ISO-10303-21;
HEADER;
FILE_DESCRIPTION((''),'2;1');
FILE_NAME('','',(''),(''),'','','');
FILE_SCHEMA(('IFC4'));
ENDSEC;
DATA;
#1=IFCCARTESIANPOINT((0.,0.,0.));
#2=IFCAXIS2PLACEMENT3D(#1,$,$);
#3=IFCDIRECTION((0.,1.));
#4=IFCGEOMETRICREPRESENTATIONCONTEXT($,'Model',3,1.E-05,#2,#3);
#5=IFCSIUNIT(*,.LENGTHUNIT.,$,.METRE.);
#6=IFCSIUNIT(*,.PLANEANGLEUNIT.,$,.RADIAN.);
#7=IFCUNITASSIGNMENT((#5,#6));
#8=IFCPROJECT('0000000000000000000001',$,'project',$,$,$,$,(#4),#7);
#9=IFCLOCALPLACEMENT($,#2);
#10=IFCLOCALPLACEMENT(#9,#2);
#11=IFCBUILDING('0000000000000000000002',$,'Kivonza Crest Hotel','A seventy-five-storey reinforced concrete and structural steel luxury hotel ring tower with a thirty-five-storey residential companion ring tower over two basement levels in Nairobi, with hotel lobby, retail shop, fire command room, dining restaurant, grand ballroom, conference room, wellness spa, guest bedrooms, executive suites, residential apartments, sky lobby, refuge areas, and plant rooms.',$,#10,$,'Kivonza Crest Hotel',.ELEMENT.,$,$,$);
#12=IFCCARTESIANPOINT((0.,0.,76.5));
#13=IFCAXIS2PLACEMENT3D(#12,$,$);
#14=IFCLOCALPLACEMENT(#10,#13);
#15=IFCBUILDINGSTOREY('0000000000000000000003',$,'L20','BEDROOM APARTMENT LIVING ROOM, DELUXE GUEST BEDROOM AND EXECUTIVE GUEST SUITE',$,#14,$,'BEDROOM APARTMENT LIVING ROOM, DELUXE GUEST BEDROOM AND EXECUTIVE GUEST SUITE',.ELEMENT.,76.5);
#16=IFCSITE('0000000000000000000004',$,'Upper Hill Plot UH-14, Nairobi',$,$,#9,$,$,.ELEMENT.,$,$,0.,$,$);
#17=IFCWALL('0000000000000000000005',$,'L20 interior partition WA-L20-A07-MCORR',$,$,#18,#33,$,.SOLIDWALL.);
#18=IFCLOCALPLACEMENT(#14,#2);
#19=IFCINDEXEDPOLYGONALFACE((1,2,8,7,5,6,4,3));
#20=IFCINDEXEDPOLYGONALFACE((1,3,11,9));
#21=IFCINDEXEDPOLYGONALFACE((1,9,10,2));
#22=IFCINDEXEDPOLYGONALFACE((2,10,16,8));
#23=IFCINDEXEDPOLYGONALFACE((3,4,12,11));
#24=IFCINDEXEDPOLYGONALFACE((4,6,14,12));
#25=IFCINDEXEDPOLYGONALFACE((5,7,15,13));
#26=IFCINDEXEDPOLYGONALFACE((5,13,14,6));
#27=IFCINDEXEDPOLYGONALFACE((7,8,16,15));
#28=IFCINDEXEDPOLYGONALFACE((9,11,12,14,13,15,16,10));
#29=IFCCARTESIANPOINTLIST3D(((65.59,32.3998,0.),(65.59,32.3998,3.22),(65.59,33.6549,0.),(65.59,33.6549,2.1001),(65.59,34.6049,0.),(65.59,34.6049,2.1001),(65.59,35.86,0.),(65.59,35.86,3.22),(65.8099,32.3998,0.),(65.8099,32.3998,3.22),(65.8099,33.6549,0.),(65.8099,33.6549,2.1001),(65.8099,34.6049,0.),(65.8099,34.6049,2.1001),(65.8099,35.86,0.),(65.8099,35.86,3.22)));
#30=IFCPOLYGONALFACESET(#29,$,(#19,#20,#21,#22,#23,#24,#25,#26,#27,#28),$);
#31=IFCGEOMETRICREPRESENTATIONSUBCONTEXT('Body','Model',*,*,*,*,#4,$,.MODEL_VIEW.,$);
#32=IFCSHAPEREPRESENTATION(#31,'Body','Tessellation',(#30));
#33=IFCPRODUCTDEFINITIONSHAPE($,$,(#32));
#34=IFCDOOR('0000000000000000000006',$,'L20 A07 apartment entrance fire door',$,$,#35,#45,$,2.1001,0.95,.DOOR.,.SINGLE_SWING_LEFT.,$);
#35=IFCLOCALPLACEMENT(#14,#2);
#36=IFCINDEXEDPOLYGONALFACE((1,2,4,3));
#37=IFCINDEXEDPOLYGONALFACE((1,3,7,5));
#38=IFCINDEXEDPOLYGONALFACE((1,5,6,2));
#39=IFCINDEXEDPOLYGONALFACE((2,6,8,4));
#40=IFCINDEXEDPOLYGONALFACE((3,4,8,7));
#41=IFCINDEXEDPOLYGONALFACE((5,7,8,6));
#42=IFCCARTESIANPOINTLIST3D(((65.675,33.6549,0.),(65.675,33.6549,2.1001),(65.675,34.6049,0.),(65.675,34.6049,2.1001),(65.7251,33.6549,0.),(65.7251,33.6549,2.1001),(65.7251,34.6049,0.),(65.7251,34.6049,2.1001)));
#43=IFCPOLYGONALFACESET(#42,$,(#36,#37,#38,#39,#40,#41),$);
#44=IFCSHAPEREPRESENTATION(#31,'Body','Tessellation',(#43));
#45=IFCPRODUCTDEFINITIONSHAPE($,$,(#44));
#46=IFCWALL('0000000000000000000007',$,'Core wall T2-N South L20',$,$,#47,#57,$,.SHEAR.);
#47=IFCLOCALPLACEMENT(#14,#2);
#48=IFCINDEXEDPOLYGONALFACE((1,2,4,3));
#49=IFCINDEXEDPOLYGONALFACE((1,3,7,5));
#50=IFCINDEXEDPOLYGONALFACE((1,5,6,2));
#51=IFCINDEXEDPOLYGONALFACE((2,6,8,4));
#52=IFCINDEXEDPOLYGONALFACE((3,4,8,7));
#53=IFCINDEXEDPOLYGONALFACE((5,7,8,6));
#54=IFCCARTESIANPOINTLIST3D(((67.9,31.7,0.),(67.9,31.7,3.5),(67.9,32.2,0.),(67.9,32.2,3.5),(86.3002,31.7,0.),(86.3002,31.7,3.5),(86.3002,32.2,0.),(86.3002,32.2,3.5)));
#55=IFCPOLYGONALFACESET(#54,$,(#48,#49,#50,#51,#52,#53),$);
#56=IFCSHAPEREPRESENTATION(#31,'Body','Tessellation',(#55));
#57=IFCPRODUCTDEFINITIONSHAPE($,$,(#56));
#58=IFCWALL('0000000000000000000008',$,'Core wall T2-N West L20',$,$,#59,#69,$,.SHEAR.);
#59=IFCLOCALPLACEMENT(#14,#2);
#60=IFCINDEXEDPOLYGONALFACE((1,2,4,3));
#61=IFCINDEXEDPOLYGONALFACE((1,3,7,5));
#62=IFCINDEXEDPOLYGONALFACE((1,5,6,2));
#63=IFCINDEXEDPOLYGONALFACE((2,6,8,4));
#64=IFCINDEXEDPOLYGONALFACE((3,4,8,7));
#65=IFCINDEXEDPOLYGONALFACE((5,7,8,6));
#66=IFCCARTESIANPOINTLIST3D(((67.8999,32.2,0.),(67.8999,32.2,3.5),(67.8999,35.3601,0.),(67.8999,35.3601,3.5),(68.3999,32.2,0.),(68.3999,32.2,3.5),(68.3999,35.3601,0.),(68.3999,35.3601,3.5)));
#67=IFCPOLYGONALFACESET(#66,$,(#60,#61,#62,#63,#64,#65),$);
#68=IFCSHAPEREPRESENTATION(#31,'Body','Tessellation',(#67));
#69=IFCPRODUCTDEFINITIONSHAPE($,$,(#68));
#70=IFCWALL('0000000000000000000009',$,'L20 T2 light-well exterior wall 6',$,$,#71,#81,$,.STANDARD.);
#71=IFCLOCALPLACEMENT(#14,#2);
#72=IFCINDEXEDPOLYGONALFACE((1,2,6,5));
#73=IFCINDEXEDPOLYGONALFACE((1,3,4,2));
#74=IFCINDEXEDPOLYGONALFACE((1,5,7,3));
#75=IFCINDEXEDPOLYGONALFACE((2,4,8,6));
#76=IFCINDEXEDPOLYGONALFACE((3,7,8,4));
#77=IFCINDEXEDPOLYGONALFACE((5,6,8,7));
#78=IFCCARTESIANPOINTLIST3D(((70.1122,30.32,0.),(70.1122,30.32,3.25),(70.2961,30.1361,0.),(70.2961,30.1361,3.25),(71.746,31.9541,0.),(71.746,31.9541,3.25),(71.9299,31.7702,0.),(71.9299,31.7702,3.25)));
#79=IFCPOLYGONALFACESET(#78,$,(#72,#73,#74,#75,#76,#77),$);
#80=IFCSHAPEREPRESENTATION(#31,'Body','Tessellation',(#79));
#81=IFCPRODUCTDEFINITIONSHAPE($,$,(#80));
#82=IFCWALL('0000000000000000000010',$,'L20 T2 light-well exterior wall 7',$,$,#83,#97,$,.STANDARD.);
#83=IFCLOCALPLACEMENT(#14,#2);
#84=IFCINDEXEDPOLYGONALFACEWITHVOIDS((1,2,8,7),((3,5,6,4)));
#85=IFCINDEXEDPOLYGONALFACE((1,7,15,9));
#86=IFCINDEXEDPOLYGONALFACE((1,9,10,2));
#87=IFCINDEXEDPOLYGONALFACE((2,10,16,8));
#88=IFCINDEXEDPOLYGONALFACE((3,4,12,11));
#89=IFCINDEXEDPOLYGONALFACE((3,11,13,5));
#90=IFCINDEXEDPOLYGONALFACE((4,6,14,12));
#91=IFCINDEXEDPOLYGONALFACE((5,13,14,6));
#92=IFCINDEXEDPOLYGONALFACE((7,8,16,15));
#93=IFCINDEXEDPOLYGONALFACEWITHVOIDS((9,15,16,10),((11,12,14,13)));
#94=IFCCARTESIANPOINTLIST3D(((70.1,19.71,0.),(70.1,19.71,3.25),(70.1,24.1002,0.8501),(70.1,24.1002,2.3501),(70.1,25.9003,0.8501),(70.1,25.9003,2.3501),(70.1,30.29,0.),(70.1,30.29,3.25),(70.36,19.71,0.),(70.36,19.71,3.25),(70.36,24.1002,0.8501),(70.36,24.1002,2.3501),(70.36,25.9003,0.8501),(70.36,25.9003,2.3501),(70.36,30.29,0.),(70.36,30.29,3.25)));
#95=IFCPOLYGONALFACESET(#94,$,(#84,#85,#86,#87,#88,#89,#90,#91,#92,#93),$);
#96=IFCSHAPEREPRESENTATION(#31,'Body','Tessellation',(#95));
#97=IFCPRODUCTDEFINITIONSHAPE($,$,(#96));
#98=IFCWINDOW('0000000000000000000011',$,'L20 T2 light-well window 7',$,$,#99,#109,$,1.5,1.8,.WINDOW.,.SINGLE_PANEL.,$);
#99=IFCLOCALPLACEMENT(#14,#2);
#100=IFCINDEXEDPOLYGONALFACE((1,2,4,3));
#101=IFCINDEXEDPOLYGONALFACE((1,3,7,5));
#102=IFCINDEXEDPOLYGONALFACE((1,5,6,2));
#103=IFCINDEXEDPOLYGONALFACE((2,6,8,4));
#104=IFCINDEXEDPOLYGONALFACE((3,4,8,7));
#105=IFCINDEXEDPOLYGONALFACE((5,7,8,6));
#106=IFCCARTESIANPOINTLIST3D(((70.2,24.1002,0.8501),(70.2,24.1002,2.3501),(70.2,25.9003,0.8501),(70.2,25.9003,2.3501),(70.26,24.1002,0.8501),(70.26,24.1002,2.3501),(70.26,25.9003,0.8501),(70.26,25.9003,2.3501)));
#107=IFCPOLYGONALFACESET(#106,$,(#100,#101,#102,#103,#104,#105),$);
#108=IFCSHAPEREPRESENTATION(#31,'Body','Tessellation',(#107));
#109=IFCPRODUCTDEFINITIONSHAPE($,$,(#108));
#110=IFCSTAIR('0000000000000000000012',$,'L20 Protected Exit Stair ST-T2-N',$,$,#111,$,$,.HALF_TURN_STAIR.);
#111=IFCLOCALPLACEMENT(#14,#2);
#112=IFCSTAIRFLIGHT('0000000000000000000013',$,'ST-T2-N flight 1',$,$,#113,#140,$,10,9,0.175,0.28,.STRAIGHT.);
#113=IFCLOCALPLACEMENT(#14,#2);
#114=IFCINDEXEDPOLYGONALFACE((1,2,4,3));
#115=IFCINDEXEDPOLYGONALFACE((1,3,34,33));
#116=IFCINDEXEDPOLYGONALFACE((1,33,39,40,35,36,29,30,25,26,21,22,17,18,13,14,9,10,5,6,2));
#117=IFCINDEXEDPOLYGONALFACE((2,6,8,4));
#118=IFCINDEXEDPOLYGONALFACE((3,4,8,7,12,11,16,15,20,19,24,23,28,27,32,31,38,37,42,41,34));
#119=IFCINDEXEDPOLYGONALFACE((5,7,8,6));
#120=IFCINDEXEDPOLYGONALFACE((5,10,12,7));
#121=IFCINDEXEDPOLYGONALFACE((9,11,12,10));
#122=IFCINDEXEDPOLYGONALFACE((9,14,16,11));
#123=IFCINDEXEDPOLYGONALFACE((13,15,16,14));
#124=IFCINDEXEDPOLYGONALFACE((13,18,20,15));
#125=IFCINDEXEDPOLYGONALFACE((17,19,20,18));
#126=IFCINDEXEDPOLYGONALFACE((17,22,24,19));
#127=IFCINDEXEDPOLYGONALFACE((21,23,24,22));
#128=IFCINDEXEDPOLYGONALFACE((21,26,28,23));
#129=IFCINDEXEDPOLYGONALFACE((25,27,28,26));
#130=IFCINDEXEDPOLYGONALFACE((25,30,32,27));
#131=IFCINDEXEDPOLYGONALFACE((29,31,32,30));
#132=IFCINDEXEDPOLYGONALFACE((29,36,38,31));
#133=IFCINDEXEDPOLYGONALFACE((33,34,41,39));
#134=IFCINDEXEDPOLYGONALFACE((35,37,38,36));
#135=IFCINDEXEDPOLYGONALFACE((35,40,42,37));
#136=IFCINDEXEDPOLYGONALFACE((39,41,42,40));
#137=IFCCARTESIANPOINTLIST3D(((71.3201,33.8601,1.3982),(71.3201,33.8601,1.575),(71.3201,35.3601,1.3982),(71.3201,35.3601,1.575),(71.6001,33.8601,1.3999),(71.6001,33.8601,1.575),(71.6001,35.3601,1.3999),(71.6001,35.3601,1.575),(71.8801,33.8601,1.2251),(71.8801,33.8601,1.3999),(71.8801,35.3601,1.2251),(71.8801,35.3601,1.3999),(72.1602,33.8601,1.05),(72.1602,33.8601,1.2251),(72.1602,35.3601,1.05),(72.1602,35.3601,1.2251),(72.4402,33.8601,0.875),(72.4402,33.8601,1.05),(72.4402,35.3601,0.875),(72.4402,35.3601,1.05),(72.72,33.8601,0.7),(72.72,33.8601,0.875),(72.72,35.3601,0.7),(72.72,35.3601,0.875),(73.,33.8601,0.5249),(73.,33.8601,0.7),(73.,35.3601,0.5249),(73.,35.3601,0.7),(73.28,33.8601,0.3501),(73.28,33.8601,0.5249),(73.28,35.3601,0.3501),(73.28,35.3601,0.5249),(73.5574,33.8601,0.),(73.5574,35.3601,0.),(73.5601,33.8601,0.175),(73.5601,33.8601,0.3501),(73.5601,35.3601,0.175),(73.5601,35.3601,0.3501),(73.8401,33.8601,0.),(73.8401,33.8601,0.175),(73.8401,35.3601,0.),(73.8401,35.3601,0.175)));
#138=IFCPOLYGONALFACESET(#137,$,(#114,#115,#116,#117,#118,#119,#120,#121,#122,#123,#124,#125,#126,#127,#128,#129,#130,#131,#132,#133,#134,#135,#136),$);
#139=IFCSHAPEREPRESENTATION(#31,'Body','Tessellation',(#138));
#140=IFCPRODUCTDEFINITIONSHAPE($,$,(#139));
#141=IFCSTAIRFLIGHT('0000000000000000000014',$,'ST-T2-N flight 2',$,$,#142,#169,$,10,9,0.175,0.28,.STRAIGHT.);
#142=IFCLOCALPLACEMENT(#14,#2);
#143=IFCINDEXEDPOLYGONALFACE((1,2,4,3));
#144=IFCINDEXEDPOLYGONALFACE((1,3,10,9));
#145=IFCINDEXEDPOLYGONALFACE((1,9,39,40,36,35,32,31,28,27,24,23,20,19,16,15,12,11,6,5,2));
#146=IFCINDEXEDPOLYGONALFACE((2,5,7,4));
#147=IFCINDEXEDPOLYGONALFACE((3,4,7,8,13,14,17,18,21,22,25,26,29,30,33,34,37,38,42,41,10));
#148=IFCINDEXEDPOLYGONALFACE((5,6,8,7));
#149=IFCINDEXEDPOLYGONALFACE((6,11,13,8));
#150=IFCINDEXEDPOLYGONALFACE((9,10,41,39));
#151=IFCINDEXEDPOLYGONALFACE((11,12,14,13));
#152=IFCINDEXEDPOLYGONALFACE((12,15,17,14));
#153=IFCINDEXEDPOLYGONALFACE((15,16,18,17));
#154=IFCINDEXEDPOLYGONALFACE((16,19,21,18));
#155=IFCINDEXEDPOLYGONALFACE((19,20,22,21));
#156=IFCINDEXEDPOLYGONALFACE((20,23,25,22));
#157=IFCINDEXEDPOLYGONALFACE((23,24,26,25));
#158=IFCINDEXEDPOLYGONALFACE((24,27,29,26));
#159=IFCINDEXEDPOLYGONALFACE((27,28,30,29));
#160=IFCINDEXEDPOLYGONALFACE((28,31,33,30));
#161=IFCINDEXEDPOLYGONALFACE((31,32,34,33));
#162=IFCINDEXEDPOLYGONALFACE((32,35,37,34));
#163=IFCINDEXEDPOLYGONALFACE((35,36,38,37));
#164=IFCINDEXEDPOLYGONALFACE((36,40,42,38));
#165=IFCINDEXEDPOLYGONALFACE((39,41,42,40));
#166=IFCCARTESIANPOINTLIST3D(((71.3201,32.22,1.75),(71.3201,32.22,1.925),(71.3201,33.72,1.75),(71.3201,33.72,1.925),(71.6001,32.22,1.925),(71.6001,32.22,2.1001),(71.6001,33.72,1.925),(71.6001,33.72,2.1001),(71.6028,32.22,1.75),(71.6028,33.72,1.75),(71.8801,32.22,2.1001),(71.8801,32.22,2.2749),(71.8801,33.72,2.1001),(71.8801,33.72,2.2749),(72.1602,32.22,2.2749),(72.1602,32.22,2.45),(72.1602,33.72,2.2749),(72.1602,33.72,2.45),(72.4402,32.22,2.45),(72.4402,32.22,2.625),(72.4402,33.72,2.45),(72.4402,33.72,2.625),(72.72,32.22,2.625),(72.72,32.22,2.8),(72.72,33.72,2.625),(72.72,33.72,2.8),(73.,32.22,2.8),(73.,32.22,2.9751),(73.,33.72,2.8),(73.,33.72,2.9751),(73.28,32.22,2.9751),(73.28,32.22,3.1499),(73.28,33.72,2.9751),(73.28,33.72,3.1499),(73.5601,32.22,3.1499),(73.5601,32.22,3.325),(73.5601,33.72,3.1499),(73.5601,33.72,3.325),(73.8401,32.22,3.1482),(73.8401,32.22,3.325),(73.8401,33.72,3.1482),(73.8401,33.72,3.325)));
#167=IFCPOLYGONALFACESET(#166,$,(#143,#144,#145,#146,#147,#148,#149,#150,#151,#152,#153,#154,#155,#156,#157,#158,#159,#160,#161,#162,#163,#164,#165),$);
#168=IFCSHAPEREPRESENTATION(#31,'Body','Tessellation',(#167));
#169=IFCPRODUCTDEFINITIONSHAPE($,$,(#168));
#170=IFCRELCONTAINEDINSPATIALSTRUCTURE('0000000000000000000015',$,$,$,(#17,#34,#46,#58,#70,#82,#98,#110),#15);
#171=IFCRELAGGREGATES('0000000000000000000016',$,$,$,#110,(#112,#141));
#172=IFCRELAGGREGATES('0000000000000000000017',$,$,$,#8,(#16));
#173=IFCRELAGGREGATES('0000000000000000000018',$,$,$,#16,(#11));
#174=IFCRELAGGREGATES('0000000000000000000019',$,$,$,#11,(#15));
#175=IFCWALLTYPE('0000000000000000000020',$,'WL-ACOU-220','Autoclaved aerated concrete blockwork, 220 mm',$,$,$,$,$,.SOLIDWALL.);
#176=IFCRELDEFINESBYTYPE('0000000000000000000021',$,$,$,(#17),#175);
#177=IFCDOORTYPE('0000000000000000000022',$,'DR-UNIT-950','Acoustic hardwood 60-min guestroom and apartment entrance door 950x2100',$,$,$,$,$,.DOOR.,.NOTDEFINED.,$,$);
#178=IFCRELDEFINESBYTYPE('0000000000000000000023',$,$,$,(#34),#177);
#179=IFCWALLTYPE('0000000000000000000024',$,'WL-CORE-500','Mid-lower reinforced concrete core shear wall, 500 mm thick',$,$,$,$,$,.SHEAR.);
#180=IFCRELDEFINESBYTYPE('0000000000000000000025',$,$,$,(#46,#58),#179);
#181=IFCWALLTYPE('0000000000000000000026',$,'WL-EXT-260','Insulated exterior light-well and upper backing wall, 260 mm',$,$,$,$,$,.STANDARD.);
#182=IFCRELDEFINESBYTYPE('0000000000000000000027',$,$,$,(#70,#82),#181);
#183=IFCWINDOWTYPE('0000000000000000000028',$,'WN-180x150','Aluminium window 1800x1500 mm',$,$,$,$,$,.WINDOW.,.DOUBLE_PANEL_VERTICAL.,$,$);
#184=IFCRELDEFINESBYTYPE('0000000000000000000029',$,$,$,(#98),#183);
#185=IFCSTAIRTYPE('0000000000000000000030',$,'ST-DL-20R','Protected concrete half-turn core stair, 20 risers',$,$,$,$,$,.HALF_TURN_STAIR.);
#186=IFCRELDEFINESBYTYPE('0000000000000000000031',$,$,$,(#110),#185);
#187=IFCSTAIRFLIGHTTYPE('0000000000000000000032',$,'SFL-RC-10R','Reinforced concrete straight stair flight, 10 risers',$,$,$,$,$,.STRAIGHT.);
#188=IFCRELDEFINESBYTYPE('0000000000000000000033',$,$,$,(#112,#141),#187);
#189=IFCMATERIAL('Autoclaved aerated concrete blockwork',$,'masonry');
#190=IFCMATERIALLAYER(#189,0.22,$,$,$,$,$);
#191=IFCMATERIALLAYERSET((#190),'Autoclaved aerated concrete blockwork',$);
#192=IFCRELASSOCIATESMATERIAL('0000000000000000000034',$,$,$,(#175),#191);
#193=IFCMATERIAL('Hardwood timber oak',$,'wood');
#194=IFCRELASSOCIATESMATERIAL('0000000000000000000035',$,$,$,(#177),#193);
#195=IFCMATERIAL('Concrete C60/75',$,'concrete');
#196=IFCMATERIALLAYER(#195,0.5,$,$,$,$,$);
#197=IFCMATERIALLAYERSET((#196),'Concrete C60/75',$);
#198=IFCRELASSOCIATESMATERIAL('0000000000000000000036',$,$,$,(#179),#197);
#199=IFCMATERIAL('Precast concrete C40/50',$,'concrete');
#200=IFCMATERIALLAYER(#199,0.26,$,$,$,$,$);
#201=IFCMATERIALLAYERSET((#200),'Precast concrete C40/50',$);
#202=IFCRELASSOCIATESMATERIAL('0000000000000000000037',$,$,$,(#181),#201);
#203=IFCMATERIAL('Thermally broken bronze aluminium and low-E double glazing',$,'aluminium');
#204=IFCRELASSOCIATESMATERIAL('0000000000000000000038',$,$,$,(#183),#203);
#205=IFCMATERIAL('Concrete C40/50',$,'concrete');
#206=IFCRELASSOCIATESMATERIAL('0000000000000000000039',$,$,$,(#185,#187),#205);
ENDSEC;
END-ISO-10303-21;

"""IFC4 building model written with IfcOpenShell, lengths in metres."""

from ifc_helpers import new_model, si_unit, direction, frame, frame_2d, origin, place, context, subcontext, project, spatial, polyline, rectangle, outline, extrude, material, layer, layer_set, type_object, element, fill, aggregate, save


model = new_model("IFC4")

# Units and contexts
model_context = context("Model", 3, precision=1e-05, world=origin(), true_north=direction((0.0, 1.0)))
body_context = subcontext(model_context, "Body", "Model", "MODEL_VIEW")
ifc_project = project(units=[si_unit("LENGTHUNIT", "METRE"), si_unit("PLANEANGLEUNIT", "RADIAN")], contexts=[model_context])

# Site, building, storey
site_placement = place(None, origin())
site = spatial("IfcSite", under=ifc_project, at=site_placement, Name="Upper Hill Plot UH-14, Nairobi", CompositionType="ELEMENT", RefElevation=0.0)
building_placement = place(site_placement, origin())
building = spatial("IfcBuilding", under=site, at=building_placement, Name="Kivonza Crest Hotel", Description="A seventy-five-storey reinforced concrete and structural steel luxury hotel ring tower with a thirty-five-storey residential companion ring tower over two basement levels in Nairobi, with hotel lobby, retail shop, fire command room, dining restaurant, grand ballroom, conference room, wellness spa, guest bedrooms, executive suites, residential apartments, sky lobby, refuge areas, and plant rooms.", LongName="Kivonza Crest Hotel", CompositionType="ELEMENT")
storey_placement = place(building_placement, frame((0.0, 0.0, 76.5)))
storey = spatial("IfcBuildingStorey", under=building, at=storey_placement, Name="L20", Description="BEDROOM APARTMENT LIVING ROOM, DELUXE GUEST BEDROOM AND EXECUTIVE GUEST SUITE", LongName="BEDROOM APARTMENT LIVING ROOM, DELUXE GUEST BEDROOM AND EXECUTIVE GUEST SUITE", CompositionType="ELEMENT", Elevation=76.5)

# Shared definitions
ifc_material_1 = material(Name="Autoclaved aerated concrete blockwork", Category="masonry")
ifc_layer_1 = layer(ifc_material_1, 0.22)
ifc_layer_set_1 = layer_set([ifc_layer_1], Name="Autoclaved aerated concrete blockwork")
wall_type_1 = type_object("IfcWallType", Name="WL-ACOU-220", Description="Autoclaved aerated concrete blockwork, 220 mm", PredefinedType="SOLIDWALL", material=ifc_layer_set_1)

# Wall, opening, door
wall_1_placement = place(storey_placement, frame((65.7, 32.3999, 0.0), z_axis=(0.0, 0.0, 1.0), x_axis=(0.0, 1.0, 0.0)))
wall_1 = element("IfcWall", 1, at=wall_1_placement, inside=storey, type_object=wall_type_1, Name="L20 interior partition WA-L20-A07-MCORR", PredefinedType="SOLIDWALL", context=body_context, shape_type="SweptSolid", body=[
    extrude(rectangle(XDim=3.4602, YDim=0.22, at=frame_2d((1.73, 0.0))), origin(), (0.0, 0.0, 1.0), 3.22),
])
opening_1_placement = place(wall_1_placement, frame((1.2549, 0.0, 0.0)))
opening_1 = element("IfcOpeningElement", 2, at=opening_1_placement, cuts=wall_1, PredefinedType="OPENING", context=body_context, shape_type="SweptSolid", body=[
    extrude(rectangle(XDim=0.95, YDim=2.1001, at=frame_2d((0.4751, 1.05))), frame((0.0, 0.1201, 0.0), z_axis=(0.0, -1.0, 0.0), x_axis=(1.0, 0.0, 0.0)), (0.0, 0.0, 1.0), 0.24),
])
ifc_material_2 = material(Name="Hardwood timber oak", Category="wood")
door_type = type_object("IfcDoorType", Name="DR-UNIT-950", Description="Acoustic hardwood 60-min guestroom and apartment entrance door 950x2100", OperationType="NOTDEFINED", PredefinedType="DOOR", material=ifc_material_2)
door_placement = place(opening_1_placement, origin())
door = element("IfcDoor", 3, at=door_placement, inside=storey, type_object=door_type, Name="L20 A07 apartment entrance fire door", OperationType="SINGLE_SWING_LEFT", OverallHeight=2.1001, OverallWidth=0.95, PredefinedType="DOOR", context=body_context, shape_type="SweptSolid", body=[
    extrude(rectangle(XDim=0.95, YDim=2.1001, at=frame_2d((0.4751, 1.05))), frame((0.0, 0.0249, 0.0), z_axis=(0.0, -1.0, 0.0), x_axis=(1.0, 0.0, 0.0)), (0.0, 0.0, 1.0), 0.05),
])
fill(opening_1, door)

# Walls
ifc_material_3 = material(Name="Concrete C60/75", Category="concrete")
ifc_layer_2 = layer(ifc_material_3, 0.5)
ifc_layer_set_2 = layer_set([ifc_layer_2], Name="Concrete C60/75")
wall_type_2 = type_object("IfcWallType", Name="WL-CORE-500", Description="Mid-lower reinforced concrete core shear wall, 500 mm thick", PredefinedType="SHEAR", material=ifc_layer_set_2)
wall_2_placement = place(storey_placement, frame((67.8999, 31.95, 0.0), z_axis=(0.0, 0.0, 1.0), x_axis=(1.0, 0.0, 0.0)))
element("IfcWall", 4, at=wall_2_placement, inside=storey, type_object=wall_type_2, Name="Core wall T2-N South L20", PredefinedType="SHEAR", context=body_context, shape_type="SweptSolid", body=[
    extrude(rectangle(XDim=18.4001, YDim=0.5, at=frame_2d((9.2002, 0.0))), origin(), (0.0, 0.0, 1.0), 3.5),
])
wall_3_placement = place(storey_placement, frame((68.1499, 32.2, 0.0), z_axis=(0.0, 0.0, 1.0), x_axis=(0.0, 1.0, 0.0)))
element("IfcWall", 5, at=wall_3_placement, inside=storey, type_object=wall_type_2, Name="Core wall T2-N West L20", PredefinedType="SHEAR", context=body_context, shape_type="SweptSolid", body=[
    extrude(rectangle(XDim=3.1602, YDim=0.5, at=frame_2d((1.5801, 0.0))), origin(), (0.0, 0.0, 1.0), 3.5),
])
ifc_material_4 = material(Name="Precast concrete C40/50", Category="concrete")
ifc_layer_3 = layer(ifc_material_4, 0.26)
ifc_layer_set_3 = layer_set([ifc_layer_3], Name="Precast concrete C40/50")
wall_type_3 = type_object("IfcWallType", Name="WL-EXT-260", Description="Insulated exterior light-well and upper backing wall, 260 mm", PredefinedType="STANDARD", material=ifc_layer_set_3)
wall_4_placement = place(storey_placement, frame((71.8379, 31.8621, 0.0), z_axis=(0.0, 0.0, 1.0), x_axis=(-0.707054, -0.70716, 0.0)))
element("IfcWall", 6, at=wall_4_placement, inside=storey, type_object=wall_type_3, Name="L20 T2 light-well exterior wall 6", PredefinedType="STANDARD", context=body_context, shape_type="SweptSolid", body=[
    extrude(rectangle(XDim=2.3108, YDim=0.26, at=frame_2d((1.1553, 0.0))), origin(), (0.0, 0.0, 1.0), 3.25),
])

# Wall, opening, window
wall_5_placement = place(storey_placement, frame((70.23, 30.29, 0.0), z_axis=(0.0, 0.0, 1.0), x_axis=(0.0, -1.0, 0.0)))
wall_5 = element("IfcWall", 7, at=wall_5_placement, inside=storey, type_object=wall_type_3, Name="L20 T2 light-well exterior wall 7", PredefinedType="STANDARD", context=body_context, shape_type="SweptSolid", body=[
    extrude(rectangle(XDim=10.5801, YDim=0.26, at=frame_2d((5.29, 0.0))), origin(), (0.0, 0.0, 1.0), 3.25),
])
opening_2_placement = place(wall_5_placement, frame((4.3899, 0.0, 0.8501)))
opening_2 = element("IfcOpeningElement", 8, at=opening_2_placement, cuts=wall_5, PredefinedType="OPENING", context=body_context, shape_type="SweptSolid", body=[
    extrude(rectangle(XDim=1.8, YDim=1.5, at=frame_2d((0.8999, 0.75))), frame((0.0, 0.1401, 0.0), z_axis=(0.0, -1.0, 0.0), x_axis=(1.0, 0.0, 0.0)), (0.0, 0.0, 1.0), 0.28),
])
ifc_material_5 = material(Name="Thermally broken bronze aluminium and low-E double glazing", Category="aluminium")
window_type = type_object("IfcWindowType", Name="WN-180x150", Description="Aluminium window 1800x1500 mm", PartitioningType="DOUBLE_PANEL_VERTICAL", PredefinedType="WINDOW", material=ifc_material_5)
window_placement = place(opening_2_placement, origin())
window = element("IfcWindow", 9, at=window_placement, inside=storey, type_object=window_type, Name="L20 T2 light-well window 7", OverallHeight=1.5, OverallWidth=1.8, PartitioningType="SINGLE_PANEL", PredefinedType="WINDOW", context=body_context, shape_type="SweptSolid", body=[
    extrude(rectangle(XDim=1.8, YDim=1.5, at=frame_2d((0.8999, 0.75))), frame((0.0, 0.03, 0.0), z_axis=(0.0, -1.0, 0.0), x_axis=(1.0, 0.0, 0.0)), (0.0, 0.0, 1.0), 0.0601),
])
fill(opening_2, window)

# Stair, stair flights
ifc_material_6 = material(Name="Concrete C40/50", Category="concrete")
stair_type = type_object("IfcStairType", Name="ST-DL-20R", Description="Protected concrete half-turn core stair, 20 risers", PredefinedType="HALF_TURN_STAIR", material=ifc_material_6)
stair_placement = place(storey_placement, origin())
stair = element("IfcStair", 10, at=stair_placement, inside=storey, type_object=stair_type, Name="L20 Protected Exit Stair ST-T2-N", PredefinedType="HALF_TURN_STAIR")
stair_flight_type = type_object("IfcStairFlightType", Name="SFL-RC-10R", Description="Reinforced concrete straight stair flight, 10 risers", PredefinedType="STRAIGHT", material=ifc_material_6)
stair_flight_1_placement = place(storey_placement, frame((73.8401, 34.6101, 0.0), z_axis=(0.0, 0.0, 1.0), x_axis=(-1.0, 0.0, 0.0)))
stair_flight_1 = element("IfcStairFlight", 11, at=stair_flight_1_placement, type_object=stair_flight_type, Name="ST-T2-N flight 1", NumberOfRisers=10, NumberOfTreads=9, PredefinedType="STRAIGHT", RiserHeight=0.175, TreadLength=0.28, context=body_context, shape_type="SweptSolid", body=[
    extrude(outline(polyline([(0.0, 0.0), (0.0, 0.175), (0.28, 0.175), (0.28, 0.3501), (0.5601, 0.3501), (0.5601, 0.5249), (0.8401, 0.5249), (0.8401, 0.7), (1.1201, 0.7), (1.1201, 0.875), (1.3999, 0.875), (1.3999, 1.05), (1.6799, 1.05), (1.6799, 1.2251), (1.96, 1.2251), (1.96, 1.3999), (2.24, 1.3999), (2.24, 1.575), (2.52, 1.575), (2.52, 1.75), (2.52, 1.3982), (0.2827, 0.0), (0.0, 0.0)])), frame((0.0, 0.75, 0.0), z_axis=(0.0, -1.0, 0.0), x_axis=(1.0, 0.0, 0.0)), (0.0, 0.0, 1.0), 1.5),
])
stair_flight_2_placement = place(storey_placement, frame((71.3201, 32.97, 1.75), z_axis=(0.0, 0.0, 1.0), x_axis=(1.0, 0.0, 0.0)))
stair_flight_2 = element("IfcStairFlight", 12, at=stair_flight_2_placement, type_object=stair_flight_type, Name="ST-T2-N flight 2", NumberOfRisers=10, NumberOfTreads=9, PredefinedType="STRAIGHT", RiserHeight=0.175, TreadLength=0.28, context=body_context, shape_type="SweptSolid", body=[
    extrude(outline(polyline([(0.0, 0.0), (0.0, 0.175), (0.28, 0.175), (0.28, 0.3501), (0.5601, 0.3501), (0.5601, 0.5249), (0.8401, 0.5249), (0.8401, 0.7), (1.1201, 0.7), (1.1201, 0.875), (1.3999, 0.875), (1.3999, 1.05), (1.6799, 1.05), (1.6799, 1.2251), (1.96, 1.2251), (1.96, 1.3999), (2.24, 1.3999), (2.24, 1.575), (2.52, 1.575), (2.52, 1.75), (2.52, 1.3982), (0.2827, 0.0), (0.0, 0.0)])), frame((0.0, 0.75, 0.0), z_axis=(0.0, -1.0, 0.0), x_axis=(1.0, 0.0, 0.0)), (0.0, 0.0, 1.0), 1.5),
])
aggregate(stair, [stair_flight_1, stair_flight_2])

save(model, "model.ifc")
